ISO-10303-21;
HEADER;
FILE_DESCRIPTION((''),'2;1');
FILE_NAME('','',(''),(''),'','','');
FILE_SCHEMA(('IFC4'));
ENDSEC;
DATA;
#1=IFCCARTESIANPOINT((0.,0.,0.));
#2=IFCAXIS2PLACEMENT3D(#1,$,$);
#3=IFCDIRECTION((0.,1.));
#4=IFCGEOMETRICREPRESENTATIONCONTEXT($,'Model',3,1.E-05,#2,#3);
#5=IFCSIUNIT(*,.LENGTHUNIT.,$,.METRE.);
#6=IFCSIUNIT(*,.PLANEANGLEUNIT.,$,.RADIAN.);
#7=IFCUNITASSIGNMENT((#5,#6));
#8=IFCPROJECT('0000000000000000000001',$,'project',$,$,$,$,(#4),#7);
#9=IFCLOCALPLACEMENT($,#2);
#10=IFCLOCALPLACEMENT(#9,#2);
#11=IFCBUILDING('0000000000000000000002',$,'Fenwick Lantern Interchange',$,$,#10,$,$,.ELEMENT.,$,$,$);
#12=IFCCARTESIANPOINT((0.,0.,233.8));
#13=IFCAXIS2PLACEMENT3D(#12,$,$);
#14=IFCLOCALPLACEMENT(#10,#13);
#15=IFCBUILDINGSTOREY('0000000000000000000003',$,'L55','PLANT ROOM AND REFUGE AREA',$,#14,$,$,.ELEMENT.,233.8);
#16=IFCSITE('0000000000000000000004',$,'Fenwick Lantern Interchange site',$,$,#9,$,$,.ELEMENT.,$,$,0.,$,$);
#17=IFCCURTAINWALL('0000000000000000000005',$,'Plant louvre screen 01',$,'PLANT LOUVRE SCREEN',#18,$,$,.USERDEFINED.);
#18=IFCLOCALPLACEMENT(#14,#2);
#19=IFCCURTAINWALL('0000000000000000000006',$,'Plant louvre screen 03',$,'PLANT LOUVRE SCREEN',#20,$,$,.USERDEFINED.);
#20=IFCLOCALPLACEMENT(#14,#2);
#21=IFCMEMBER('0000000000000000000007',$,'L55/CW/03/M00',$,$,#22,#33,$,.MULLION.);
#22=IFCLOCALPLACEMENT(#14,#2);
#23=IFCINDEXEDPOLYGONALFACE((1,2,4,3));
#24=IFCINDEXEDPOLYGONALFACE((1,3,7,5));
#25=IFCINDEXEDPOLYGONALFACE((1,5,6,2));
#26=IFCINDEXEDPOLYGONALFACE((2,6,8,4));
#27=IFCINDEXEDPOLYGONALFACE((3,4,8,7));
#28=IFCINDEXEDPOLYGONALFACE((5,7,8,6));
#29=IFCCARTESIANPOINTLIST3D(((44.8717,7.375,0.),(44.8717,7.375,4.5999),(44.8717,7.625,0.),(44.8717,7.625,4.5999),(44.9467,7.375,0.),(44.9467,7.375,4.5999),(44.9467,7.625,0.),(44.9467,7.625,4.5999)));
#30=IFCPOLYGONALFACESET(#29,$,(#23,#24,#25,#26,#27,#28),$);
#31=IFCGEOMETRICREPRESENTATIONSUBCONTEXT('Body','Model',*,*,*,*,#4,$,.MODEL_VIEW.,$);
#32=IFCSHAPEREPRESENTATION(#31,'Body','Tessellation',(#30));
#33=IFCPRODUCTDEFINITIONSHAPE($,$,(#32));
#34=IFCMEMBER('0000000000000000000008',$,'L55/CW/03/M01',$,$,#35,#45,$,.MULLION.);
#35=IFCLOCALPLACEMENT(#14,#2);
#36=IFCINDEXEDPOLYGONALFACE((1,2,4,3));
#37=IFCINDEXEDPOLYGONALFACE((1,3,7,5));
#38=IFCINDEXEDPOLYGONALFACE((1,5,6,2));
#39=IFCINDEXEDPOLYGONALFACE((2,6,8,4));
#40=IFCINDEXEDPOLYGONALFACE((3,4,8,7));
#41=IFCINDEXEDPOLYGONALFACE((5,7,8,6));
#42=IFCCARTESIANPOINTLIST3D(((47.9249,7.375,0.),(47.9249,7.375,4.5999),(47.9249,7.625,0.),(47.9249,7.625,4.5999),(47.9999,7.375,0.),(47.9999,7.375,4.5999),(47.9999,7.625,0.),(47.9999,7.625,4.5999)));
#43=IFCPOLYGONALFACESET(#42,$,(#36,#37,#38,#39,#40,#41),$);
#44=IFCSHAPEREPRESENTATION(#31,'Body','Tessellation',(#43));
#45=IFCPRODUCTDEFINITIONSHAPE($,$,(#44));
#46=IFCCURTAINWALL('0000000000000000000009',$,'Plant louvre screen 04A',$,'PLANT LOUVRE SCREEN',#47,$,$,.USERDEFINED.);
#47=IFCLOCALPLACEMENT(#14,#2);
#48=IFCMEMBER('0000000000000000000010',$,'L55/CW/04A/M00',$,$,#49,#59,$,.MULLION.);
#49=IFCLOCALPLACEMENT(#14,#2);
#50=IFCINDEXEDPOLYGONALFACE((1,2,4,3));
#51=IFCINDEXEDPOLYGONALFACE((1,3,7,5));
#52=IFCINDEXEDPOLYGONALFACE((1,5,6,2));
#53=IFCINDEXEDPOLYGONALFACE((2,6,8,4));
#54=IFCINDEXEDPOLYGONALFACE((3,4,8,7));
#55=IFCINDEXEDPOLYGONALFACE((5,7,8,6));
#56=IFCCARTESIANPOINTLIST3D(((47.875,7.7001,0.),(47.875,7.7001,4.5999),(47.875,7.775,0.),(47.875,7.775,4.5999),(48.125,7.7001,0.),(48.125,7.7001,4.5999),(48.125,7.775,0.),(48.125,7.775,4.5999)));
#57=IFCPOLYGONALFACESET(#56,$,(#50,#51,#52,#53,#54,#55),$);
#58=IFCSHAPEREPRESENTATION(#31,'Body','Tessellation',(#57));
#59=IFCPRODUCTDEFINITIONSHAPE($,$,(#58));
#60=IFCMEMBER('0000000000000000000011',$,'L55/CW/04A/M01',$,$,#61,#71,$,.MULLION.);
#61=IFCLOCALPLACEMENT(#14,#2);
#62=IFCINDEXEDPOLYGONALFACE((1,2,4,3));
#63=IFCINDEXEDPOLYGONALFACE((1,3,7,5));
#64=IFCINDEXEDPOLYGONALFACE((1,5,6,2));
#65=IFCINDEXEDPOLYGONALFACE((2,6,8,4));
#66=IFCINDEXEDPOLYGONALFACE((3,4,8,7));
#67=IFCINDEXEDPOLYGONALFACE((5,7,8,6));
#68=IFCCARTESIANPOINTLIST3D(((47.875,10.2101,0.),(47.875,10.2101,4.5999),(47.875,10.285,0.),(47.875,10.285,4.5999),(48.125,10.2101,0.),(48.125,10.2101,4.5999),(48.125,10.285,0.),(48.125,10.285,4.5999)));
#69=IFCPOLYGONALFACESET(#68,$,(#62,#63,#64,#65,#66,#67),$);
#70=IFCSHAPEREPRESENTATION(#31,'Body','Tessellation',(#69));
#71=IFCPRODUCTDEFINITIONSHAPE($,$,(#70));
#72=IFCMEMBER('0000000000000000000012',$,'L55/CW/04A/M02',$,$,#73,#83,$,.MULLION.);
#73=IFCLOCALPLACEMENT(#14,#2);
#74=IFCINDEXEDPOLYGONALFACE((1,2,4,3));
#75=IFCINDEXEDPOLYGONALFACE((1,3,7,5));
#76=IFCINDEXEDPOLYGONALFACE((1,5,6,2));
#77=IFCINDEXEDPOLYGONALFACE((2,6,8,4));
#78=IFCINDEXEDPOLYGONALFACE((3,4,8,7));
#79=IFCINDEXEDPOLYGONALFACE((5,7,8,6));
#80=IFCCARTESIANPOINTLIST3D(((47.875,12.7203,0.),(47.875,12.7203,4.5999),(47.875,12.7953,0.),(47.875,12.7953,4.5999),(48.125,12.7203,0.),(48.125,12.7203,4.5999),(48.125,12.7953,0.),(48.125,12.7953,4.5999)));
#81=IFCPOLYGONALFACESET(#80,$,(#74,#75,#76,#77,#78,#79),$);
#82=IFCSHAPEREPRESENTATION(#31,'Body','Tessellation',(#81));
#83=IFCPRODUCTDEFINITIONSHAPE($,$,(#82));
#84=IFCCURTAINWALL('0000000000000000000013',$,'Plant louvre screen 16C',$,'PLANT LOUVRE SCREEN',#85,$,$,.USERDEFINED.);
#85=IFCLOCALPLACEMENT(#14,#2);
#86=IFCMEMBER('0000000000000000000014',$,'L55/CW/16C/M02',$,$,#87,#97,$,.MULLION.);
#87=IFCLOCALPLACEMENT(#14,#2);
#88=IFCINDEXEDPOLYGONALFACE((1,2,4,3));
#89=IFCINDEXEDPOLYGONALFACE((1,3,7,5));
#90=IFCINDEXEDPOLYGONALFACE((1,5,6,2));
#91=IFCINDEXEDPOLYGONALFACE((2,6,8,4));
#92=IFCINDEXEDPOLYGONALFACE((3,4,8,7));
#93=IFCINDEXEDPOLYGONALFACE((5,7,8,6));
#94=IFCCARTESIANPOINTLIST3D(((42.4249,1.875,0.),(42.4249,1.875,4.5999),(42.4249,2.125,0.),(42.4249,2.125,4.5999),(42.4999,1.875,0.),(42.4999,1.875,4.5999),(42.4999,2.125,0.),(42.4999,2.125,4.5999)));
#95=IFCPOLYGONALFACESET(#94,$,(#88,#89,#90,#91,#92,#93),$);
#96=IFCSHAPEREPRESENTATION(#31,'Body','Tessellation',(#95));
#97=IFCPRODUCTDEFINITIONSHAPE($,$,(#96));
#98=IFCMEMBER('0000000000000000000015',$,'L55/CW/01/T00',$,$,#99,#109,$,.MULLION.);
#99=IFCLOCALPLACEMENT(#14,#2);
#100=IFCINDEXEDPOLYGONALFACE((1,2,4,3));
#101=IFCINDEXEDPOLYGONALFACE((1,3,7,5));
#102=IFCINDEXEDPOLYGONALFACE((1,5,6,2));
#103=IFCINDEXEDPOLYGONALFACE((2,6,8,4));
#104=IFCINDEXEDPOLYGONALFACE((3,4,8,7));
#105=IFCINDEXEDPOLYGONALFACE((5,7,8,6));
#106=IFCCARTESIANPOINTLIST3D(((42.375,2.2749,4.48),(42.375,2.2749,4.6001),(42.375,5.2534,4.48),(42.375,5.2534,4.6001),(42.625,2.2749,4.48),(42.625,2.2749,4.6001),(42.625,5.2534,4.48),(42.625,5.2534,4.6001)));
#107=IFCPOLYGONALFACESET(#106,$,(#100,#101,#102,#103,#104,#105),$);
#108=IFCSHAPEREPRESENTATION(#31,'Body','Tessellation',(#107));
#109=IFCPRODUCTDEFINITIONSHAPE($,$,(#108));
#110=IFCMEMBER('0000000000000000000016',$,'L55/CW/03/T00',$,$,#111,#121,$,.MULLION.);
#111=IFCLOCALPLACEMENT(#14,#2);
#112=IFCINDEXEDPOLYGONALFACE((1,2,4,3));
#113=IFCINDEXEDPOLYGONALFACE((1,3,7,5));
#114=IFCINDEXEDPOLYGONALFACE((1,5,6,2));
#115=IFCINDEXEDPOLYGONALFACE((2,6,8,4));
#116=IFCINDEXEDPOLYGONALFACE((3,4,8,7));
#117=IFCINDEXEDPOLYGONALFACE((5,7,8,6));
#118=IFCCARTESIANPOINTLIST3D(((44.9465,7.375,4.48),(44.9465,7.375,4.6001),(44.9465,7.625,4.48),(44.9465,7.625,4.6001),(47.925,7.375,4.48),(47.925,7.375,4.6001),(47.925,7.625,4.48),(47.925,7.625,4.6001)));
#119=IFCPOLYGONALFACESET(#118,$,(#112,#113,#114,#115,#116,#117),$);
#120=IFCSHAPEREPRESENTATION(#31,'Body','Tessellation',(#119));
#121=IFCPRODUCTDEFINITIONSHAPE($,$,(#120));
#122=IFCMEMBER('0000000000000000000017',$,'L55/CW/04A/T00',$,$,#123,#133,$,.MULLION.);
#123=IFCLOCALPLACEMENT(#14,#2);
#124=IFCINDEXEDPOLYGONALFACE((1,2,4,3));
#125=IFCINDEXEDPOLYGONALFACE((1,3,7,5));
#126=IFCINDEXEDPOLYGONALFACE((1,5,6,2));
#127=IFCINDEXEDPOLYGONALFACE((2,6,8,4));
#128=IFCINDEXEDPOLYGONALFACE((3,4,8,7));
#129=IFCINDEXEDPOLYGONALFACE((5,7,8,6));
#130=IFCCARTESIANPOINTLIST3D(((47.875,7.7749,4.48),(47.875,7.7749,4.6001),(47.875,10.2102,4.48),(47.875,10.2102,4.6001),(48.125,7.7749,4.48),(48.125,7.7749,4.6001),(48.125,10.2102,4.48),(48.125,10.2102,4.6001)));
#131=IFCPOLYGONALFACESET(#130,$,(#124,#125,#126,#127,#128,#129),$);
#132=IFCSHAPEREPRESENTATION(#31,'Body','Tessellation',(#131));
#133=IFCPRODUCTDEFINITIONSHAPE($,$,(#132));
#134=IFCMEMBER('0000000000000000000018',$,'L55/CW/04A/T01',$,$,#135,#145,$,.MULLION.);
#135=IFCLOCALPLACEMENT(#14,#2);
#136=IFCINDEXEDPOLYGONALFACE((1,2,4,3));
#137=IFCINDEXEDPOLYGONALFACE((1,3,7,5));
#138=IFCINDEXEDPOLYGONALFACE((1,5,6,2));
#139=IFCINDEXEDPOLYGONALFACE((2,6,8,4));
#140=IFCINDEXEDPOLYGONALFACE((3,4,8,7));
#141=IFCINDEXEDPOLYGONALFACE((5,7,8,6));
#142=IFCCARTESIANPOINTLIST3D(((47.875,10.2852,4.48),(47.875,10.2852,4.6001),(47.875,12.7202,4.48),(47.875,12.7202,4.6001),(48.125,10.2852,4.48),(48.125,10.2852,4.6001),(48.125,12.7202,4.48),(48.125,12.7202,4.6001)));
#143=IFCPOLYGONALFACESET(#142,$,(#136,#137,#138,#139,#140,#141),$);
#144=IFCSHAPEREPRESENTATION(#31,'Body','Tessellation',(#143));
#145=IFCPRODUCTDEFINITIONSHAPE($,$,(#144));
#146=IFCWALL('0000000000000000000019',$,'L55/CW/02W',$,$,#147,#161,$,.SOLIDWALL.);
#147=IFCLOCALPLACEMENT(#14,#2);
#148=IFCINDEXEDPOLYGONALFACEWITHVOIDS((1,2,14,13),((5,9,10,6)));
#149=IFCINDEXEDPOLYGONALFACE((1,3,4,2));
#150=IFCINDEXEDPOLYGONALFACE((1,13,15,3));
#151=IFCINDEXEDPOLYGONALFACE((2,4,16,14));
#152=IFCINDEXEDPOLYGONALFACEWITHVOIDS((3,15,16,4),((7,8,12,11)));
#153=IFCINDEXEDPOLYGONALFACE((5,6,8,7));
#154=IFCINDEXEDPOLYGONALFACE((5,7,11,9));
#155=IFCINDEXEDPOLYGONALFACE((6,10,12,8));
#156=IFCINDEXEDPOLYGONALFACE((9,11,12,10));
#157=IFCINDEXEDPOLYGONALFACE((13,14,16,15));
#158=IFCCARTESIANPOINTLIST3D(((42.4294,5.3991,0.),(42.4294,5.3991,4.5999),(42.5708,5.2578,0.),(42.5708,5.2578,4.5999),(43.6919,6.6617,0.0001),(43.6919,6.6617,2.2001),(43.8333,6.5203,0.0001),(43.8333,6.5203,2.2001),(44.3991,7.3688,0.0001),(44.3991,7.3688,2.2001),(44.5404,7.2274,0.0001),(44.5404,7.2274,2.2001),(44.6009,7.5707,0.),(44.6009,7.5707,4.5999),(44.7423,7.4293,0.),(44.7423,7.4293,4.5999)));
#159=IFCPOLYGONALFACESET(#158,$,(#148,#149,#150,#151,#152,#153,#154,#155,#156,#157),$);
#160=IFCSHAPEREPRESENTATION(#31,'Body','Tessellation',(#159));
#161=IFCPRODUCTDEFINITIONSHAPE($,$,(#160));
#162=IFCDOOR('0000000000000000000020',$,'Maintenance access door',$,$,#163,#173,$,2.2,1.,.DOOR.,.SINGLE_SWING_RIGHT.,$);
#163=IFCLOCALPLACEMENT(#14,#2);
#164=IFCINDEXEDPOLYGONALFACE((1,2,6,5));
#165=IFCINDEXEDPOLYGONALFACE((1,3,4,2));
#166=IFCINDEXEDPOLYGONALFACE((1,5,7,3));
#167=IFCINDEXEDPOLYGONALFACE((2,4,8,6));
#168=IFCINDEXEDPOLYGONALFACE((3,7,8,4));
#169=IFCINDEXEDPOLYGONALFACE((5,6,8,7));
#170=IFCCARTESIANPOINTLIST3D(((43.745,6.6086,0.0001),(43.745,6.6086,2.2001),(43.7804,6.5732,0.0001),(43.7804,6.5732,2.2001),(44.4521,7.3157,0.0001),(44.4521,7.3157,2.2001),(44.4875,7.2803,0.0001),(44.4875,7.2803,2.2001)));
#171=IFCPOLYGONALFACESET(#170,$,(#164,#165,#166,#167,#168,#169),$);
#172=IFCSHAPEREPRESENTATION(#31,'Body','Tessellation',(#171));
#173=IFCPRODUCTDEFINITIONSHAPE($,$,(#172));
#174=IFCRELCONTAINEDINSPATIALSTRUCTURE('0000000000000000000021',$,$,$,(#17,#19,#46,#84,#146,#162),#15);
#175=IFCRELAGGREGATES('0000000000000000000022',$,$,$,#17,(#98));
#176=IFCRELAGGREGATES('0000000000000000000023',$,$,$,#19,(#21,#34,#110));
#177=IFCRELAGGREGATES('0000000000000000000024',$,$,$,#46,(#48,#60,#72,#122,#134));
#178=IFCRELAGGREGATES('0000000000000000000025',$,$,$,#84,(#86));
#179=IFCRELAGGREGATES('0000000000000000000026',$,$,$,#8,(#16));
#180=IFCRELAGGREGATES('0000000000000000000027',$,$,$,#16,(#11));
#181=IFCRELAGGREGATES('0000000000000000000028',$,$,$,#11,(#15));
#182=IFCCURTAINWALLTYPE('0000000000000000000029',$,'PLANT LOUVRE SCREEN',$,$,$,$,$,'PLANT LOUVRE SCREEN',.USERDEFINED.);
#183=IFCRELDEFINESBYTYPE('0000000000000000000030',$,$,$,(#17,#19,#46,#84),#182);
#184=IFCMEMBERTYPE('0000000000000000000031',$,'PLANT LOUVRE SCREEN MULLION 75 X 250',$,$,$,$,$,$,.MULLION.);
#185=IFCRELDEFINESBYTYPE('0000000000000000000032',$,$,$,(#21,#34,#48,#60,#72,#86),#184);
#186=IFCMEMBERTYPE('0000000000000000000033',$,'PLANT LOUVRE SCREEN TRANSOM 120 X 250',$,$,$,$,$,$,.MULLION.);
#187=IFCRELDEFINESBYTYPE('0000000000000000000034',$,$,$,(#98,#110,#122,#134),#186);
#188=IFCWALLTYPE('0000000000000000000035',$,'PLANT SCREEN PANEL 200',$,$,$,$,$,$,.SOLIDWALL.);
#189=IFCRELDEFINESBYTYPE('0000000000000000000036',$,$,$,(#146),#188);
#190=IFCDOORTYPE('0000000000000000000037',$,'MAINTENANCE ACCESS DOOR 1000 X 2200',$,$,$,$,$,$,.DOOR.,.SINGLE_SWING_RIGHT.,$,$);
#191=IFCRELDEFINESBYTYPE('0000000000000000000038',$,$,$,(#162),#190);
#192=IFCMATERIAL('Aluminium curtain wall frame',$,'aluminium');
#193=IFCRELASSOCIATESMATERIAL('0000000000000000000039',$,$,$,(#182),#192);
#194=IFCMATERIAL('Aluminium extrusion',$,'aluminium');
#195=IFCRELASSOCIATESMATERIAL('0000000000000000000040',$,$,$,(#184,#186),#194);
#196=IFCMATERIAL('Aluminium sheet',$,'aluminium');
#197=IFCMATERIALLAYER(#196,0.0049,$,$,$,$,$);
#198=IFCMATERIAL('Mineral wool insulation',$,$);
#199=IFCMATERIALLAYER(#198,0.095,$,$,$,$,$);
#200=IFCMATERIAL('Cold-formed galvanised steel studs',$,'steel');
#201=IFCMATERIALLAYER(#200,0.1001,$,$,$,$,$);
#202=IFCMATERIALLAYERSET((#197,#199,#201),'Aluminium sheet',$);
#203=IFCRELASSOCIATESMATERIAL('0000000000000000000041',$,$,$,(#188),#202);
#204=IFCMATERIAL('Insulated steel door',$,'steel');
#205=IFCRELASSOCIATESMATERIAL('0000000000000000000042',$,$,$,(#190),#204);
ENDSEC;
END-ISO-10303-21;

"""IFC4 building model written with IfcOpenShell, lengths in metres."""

from ifc_helpers import new_model, si_unit, direction, frame, frame_2d, origin, origin_2d, place, context, subcontext, project, spatial, rectangle, extrude, material, layer, layer_set, material_profile, profile_set, type_object, element, fill, aggregate, save


model = new_model("IFC4")

# Units and contexts
model_context = context("Model", 3, precision=1e-05, world=origin(), true_north=direction((0.0, 1.0)))
body_context = subcontext(model_context, "Body", "Model", "MODEL_VIEW")
ifc_project = project(units=[si_unit("LENGTHUNIT", "METRE"), si_unit("PLANEANGLEUNIT", "RADIAN")], contexts=[model_context])

# Site, building, storey
site_placement = place(None, origin())
site = spatial("IfcSite", under=ifc_project, at=site_placement, Name="Fenwick Lantern Interchange site", CompositionType="ELEMENT", RefElevation=0.0)
building_placement = place(site_placement, origin())
building = spatial("IfcBuilding", under=site, at=building_placement, Name="Fenwick Lantern Interchange", CompositionType="ELEMENT")
storey_placement = place(building_placement, frame((0.0, 0.0, 233.8)))
storey = spatial("IfcBuildingStorey", under=building, at=storey_placement, Name="L55", Description="PLANT ROOM AND REFUGE AREA", CompositionType="ELEMENT", Elevation=233.8)

# Curtain walls, members
ifc_material_1 = material(Name="Aluminium curtain wall frame", Category="aluminium")
curtain_wall_type = type_object("IfcCurtainWallType", Name="PLANT LOUVRE SCREEN", ElementType="PLANT LOUVRE SCREEN", PredefinedType="USERDEFINED", material=ifc_material_1)
curtain_wall_1_placement = place(storey_placement, origin())
curtain_wall_1 = element("IfcCurtainWall", 1, at=curtain_wall_1_placement, inside=storey, type_object=curtain_wall_type, Name="Plant louvre screen 01", ObjectType="PLANT LOUVRE SCREEN", PredefinedType="USERDEFINED")
ifc_material_2 = material(Name="Aluminium extrusion", Category="aluminium")
ifc_material_profile_1 = material_profile(ifc_material_2, rectangle(XDim=0.25, YDim=0.075, at=origin_2d()), Name="PLANT LOUVRE SCREEN MULLION 75 X 250")
ifc_profile_set_1 = profile_set([ifc_material_profile_1], Name="Aluminium extrusion")
member_type_1 = type_object("IfcMemberType", Name="PLANT LOUVRE SCREEN MULLION 75 X 250", PredefinedType="MULLION", material=ifc_profile_set_1)
curtain_wall_2_placement = place(storey_placement, origin())
curtain_wall_2 = element("IfcCurtainWall", 2, at=curtain_wall_2_placement, inside=storey, type_object=curtain_wall_type, Name="Plant louvre screen 03", ObjectType="PLANT LOUVRE SCREEN", PredefinedType="USERDEFINED")
member_1_placement = place(storey_placement, frame((44.9092, 7.5, 0.0), z_axis=(0.0, 0.0, 1.0), x_axis=(0.0, 1.0, 0.0)))
member_1 = element("IfcMember", 3, at=member_1_placement, type_object=member_type_1, Name="L55/CW/03/M00", PredefinedType="MULLION", context=body_context, shape_type="SweptSolid", body=[
    extrude(rectangle(XDim=0.25, YDim=0.075, at=origin_2d()), origin(), (0.0, 0.0, 1.0), 4.5999),
])
member_2_placement = place(storey_placement, frame((47.9624, 7.5, 0.0), z_axis=(0.0, 0.0, 1.0), x_axis=(0.0, 1.0, 0.0)))
member_2 = element("IfcMember", 4, at=member_2_placement, type_object=member_type_1, Name="L55/CW/03/M01", PredefinedType="MULLION", context=body_context, shape_type="SweptSolid", body=[
    extrude(rectangle(XDim=0.25, YDim=0.075, at=origin_2d()), origin(), (0.0, 0.0, 1.0), 4.5999),
])
curtain_wall_3_placement = place(storey_placement, origin())
curtain_wall_3 = element("IfcCurtainWall", 5, at=curtain_wall_3_placement, inside=storey, type_object=curtain_wall_type, Name="Plant louvre screen 04A", ObjectType="PLANT LOUVRE SCREEN", PredefinedType="USERDEFINED")
member_3_placement = place(storey_placement, frame((48.0, 7.7375, 0.0), z_axis=(0.0, 0.0, 1.0), x_axis=(-1.0, 0.0, 0.0)))
member_3 = element("IfcMember", 6, at=member_3_placement, type_object=member_type_1, Name="L55/CW/04A/M00", PredefinedType="MULLION", context=body_context, shape_type="SweptSolid", body=[
    extrude(rectangle(XDim=0.25, YDim=0.075, at=origin_2d()), origin(), (0.0, 0.0, 1.0), 4.5999),
])
member_4_placement = place(storey_placement, frame((48.0, 10.2476, 0.0), z_axis=(0.0, 0.0, 1.0), x_axis=(-1.0, 0.0, 0.0)))
member_4 = element("IfcMember", 7, at=member_4_placement, type_object=member_type_1, Name="L55/CW/04A/M01", PredefinedType="MULLION", context=body_context, shape_type="SweptSolid", body=[
    extrude(rectangle(XDim=0.25, YDim=0.075, at=origin_2d()), origin(), (0.0, 0.0, 1.0), 4.5999),
])
member_5_placement = place(storey_placement, frame((48.0, 12.7578, 0.0), z_axis=(0.0, 0.0, 1.0), x_axis=(-1.0, 0.0, 0.0)))
member_5 = element("IfcMember", 8, at=member_5_placement, type_object=member_type_1, Name="L55/CW/04A/M02", PredefinedType="MULLION", context=body_context, shape_type="SweptSolid", body=[
    extrude(rectangle(XDim=0.25, YDim=0.075, at=origin_2d()), origin(), (0.0, 0.0, 1.0), 4.5999),
])

# Curtain wall, member
curtain_wall_4_placement = place(storey_placement, origin())
curtain_wall_4 = element("IfcCurtainWall", 9, at=curtain_wall_4_placement, inside=storey, type_object=curtain_wall_type, Name="Plant louvre screen 16C", ObjectType="PLANT LOUVRE SCREEN", PredefinedType="USERDEFINED")
member_6_placement = place(storey_placement, frame((42.4624, 2.0, 0.0), z_axis=(0.0, 0.0, 1.0), x_axis=(0.0, 1.0, 0.0)))
member_6 = element("IfcMember", 10, at=member_6_placement, type_object=member_type_1, Name="L55/CW/16C/M02", PredefinedType="MULLION", context=body_context, shape_type="SweptSolid", body=[
    extrude(rectangle(XDim=0.25, YDim=0.075, at=origin_2d()), origin(), (0.0, 0.0, 1.0), 4.5999),
])

# Members
ifc_material_profile_2 = material_profile(ifc_material_2, rectangle(XDim=0.25, YDim=0.1201, at=origin_2d()), Name="PLANT LOUVRE SCREEN TRANSOM 120 X 250")
ifc_profile_set_2 = profile_set([ifc_material_profile_2], Name="Aluminium extrusion")
member_type_2 = type_object("IfcMemberType", Name="PLANT LOUVRE SCREEN TRANSOM 120 X 250", PredefinedType="MULLION", material=ifc_profile_set_2)
member_7_placement = place(storey_placement, frame((42.5, 2.2749, 4.54), z_axis=(0.0, 1.0, 0.0), x_axis=(-1.0, 0.0, 0.0)))
member_7 = element("IfcMember", 11, at=member_7_placement, type_object=member_type_2, Name="L55/CW/01/T00", PredefinedType="MULLION", context=body_context, shape_type="SweptSolid", body=[
    extrude(rectangle(XDim=0.25, YDim=0.1201, at=origin_2d()), origin(), (0.0, 0.0, 1.0), 2.9785),
])
member_8_placement = place(storey_placement, frame((44.9465, 7.5, 4.54), z_axis=(1.0, 0.0, 0.0), x_axis=(0.0, 1.0, 0.0)))
member_8 = element("IfcMember", 12, at=member_8_placement, type_object=member_type_2, Name="L55/CW/03/T00", PredefinedType="MULLION", context=body_context, shape_type="SweptSolid", body=[
    extrude(rectangle(XDim=0.25, YDim=0.1201, at=origin_2d()), origin(), (0.0, 0.0, 1.0), 2.9785),
])
member_9_placement = place(storey_placement, frame((48.0, 7.7749, 4.54), z_axis=(0.0, 1.0, 0.0), x_axis=(-1.0, 0.0, 0.0)))
member_9 = element("IfcMember", 13, at=member_9_placement, type_object=member_type_2, Name="L55/CW/04A/T00", PredefinedType="MULLION", context=body_context, shape_type="SweptSolid", body=[
    extrude(rectangle(XDim=0.25, YDim=0.1201, at=origin_2d()), origin(), (0.0, 0.0, 1.0), 2.4353),
])
member_10_placement = place(storey_placement, frame((48.0, 10.2852, 4.54), z_axis=(0.0, 1.0, 0.0), x_axis=(-1.0, 0.0, 0.0)))
member_10 = element("IfcMember", 14, at=member_10_placement, type_object=member_type_2, Name="L55/CW/04A/T01", PredefinedType="MULLION", context=body_context, shape_type="SweptSolid", body=[
    extrude(rectangle(XDim=0.25, YDim=0.1201, at=origin_2d()), origin(), (0.0, 0.0, 1.0), 2.4351),
])

# Wall, opening, door
ifc_material_3 = material(Name="Aluminium sheet", Category="aluminium")
ifc_layer_1 = layer(ifc_material_3, 0.0049)
ifc_material_4 = material(Name="Mineral wool insulation")
ifc_layer_2 = layer(ifc_material_4, 0.095)
ifc_material_5 = material(Name="Cold-formed galvanised steel studs", Category="steel")
ifc_layer_3 = layer(ifc_material_5, 0.1001)
ifc_layer_set_1 = layer_set([ifc_layer_1, ifc_layer_2, ifc_layer_3], Name="Aluminium sheet")
wall_type = type_object("IfcWallType", Name="PLANT SCREEN PANEL 200", PredefinedType="SOLIDWALL", material=ifc_layer_set_1)
wall_placement = place(storey_placement, frame((42.5, 5.3284, 0.0), z_axis=(0.0, 0.0, 1.0), x_axis=(0.707107, 0.707107, 0.0)))
wall = element("IfcWall", 15, at=wall_placement, inside=storey, type_object=wall_type, Name="L55/CW/02W", PredefinedType="SOLIDWALL", context=body_context, shape_type="SweptSolid", body=[
    extrude(rectangle(XDim=3.071, YDim=0.2, at=frame_2d((1.5356, 0.0))), origin(), (0.0, 0.0, 1.0), 4.5999),
])
opening_placement = place(wall_placement, frame((1.7856, 0.0, 0.0)))
opening = element("IfcOpeningElement", 16, at=opening_placement, cuts=wall, PredefinedType="OPENING", context=body_context, shape_type="SweptSolid", body=[
    extrude(rectangle(XDim=1.0, YDim=2.2, at=frame_2d((0.5, 1.1001))), frame((0.0, 0.1099, 0.0), z_axis=(0.0, -1.0, 0.0), x_axis=(1.0, 0.0, 0.0)), (0.0, 0.0, 1.0), 0.22),
])
ifc_material_6 = material(Name="Insulated steel door", Category="steel")
door_type = type_object("IfcDoorType", Name="MAINTENANCE ACCESS DOOR 1000 X 2200", OperationType="SINGLE_SWING_RIGHT", PredefinedType="DOOR", material=ifc_material_6)
door_placement = place(opening_placement, origin())
door = element("IfcDoor", 17, at=door_placement, inside=storey, type_object=door_type, Name="Maintenance access door", OperationType="SINGLE_SWING_RIGHT", OverallHeight=2.2, OverallWidth=1.0, PredefinedType="DOOR", context=body_context, shape_type="SweptSolid", body=[
    extrude(rectangle(XDim=1.0, YDim=2.2, at=frame_2d((0.5, 1.1001))), frame((0.0, 0.0249, 0.0), z_axis=(0.0, -1.0, 0.0), x_axis=(1.0, 0.0, 0.0)), (0.0, 0.0, 1.0), 0.05),
])
fill(opening, door)

aggregate(curtain_wall_1, [member_7])
aggregate(curtain_wall_2, [member_1, member_2, member_8])
aggregate(curtain_wall_3, [member_3, member_4, member_5, member_9, member_10])
aggregate(curtain_wall_4, [member_6])

save(model, "model.ifc")
